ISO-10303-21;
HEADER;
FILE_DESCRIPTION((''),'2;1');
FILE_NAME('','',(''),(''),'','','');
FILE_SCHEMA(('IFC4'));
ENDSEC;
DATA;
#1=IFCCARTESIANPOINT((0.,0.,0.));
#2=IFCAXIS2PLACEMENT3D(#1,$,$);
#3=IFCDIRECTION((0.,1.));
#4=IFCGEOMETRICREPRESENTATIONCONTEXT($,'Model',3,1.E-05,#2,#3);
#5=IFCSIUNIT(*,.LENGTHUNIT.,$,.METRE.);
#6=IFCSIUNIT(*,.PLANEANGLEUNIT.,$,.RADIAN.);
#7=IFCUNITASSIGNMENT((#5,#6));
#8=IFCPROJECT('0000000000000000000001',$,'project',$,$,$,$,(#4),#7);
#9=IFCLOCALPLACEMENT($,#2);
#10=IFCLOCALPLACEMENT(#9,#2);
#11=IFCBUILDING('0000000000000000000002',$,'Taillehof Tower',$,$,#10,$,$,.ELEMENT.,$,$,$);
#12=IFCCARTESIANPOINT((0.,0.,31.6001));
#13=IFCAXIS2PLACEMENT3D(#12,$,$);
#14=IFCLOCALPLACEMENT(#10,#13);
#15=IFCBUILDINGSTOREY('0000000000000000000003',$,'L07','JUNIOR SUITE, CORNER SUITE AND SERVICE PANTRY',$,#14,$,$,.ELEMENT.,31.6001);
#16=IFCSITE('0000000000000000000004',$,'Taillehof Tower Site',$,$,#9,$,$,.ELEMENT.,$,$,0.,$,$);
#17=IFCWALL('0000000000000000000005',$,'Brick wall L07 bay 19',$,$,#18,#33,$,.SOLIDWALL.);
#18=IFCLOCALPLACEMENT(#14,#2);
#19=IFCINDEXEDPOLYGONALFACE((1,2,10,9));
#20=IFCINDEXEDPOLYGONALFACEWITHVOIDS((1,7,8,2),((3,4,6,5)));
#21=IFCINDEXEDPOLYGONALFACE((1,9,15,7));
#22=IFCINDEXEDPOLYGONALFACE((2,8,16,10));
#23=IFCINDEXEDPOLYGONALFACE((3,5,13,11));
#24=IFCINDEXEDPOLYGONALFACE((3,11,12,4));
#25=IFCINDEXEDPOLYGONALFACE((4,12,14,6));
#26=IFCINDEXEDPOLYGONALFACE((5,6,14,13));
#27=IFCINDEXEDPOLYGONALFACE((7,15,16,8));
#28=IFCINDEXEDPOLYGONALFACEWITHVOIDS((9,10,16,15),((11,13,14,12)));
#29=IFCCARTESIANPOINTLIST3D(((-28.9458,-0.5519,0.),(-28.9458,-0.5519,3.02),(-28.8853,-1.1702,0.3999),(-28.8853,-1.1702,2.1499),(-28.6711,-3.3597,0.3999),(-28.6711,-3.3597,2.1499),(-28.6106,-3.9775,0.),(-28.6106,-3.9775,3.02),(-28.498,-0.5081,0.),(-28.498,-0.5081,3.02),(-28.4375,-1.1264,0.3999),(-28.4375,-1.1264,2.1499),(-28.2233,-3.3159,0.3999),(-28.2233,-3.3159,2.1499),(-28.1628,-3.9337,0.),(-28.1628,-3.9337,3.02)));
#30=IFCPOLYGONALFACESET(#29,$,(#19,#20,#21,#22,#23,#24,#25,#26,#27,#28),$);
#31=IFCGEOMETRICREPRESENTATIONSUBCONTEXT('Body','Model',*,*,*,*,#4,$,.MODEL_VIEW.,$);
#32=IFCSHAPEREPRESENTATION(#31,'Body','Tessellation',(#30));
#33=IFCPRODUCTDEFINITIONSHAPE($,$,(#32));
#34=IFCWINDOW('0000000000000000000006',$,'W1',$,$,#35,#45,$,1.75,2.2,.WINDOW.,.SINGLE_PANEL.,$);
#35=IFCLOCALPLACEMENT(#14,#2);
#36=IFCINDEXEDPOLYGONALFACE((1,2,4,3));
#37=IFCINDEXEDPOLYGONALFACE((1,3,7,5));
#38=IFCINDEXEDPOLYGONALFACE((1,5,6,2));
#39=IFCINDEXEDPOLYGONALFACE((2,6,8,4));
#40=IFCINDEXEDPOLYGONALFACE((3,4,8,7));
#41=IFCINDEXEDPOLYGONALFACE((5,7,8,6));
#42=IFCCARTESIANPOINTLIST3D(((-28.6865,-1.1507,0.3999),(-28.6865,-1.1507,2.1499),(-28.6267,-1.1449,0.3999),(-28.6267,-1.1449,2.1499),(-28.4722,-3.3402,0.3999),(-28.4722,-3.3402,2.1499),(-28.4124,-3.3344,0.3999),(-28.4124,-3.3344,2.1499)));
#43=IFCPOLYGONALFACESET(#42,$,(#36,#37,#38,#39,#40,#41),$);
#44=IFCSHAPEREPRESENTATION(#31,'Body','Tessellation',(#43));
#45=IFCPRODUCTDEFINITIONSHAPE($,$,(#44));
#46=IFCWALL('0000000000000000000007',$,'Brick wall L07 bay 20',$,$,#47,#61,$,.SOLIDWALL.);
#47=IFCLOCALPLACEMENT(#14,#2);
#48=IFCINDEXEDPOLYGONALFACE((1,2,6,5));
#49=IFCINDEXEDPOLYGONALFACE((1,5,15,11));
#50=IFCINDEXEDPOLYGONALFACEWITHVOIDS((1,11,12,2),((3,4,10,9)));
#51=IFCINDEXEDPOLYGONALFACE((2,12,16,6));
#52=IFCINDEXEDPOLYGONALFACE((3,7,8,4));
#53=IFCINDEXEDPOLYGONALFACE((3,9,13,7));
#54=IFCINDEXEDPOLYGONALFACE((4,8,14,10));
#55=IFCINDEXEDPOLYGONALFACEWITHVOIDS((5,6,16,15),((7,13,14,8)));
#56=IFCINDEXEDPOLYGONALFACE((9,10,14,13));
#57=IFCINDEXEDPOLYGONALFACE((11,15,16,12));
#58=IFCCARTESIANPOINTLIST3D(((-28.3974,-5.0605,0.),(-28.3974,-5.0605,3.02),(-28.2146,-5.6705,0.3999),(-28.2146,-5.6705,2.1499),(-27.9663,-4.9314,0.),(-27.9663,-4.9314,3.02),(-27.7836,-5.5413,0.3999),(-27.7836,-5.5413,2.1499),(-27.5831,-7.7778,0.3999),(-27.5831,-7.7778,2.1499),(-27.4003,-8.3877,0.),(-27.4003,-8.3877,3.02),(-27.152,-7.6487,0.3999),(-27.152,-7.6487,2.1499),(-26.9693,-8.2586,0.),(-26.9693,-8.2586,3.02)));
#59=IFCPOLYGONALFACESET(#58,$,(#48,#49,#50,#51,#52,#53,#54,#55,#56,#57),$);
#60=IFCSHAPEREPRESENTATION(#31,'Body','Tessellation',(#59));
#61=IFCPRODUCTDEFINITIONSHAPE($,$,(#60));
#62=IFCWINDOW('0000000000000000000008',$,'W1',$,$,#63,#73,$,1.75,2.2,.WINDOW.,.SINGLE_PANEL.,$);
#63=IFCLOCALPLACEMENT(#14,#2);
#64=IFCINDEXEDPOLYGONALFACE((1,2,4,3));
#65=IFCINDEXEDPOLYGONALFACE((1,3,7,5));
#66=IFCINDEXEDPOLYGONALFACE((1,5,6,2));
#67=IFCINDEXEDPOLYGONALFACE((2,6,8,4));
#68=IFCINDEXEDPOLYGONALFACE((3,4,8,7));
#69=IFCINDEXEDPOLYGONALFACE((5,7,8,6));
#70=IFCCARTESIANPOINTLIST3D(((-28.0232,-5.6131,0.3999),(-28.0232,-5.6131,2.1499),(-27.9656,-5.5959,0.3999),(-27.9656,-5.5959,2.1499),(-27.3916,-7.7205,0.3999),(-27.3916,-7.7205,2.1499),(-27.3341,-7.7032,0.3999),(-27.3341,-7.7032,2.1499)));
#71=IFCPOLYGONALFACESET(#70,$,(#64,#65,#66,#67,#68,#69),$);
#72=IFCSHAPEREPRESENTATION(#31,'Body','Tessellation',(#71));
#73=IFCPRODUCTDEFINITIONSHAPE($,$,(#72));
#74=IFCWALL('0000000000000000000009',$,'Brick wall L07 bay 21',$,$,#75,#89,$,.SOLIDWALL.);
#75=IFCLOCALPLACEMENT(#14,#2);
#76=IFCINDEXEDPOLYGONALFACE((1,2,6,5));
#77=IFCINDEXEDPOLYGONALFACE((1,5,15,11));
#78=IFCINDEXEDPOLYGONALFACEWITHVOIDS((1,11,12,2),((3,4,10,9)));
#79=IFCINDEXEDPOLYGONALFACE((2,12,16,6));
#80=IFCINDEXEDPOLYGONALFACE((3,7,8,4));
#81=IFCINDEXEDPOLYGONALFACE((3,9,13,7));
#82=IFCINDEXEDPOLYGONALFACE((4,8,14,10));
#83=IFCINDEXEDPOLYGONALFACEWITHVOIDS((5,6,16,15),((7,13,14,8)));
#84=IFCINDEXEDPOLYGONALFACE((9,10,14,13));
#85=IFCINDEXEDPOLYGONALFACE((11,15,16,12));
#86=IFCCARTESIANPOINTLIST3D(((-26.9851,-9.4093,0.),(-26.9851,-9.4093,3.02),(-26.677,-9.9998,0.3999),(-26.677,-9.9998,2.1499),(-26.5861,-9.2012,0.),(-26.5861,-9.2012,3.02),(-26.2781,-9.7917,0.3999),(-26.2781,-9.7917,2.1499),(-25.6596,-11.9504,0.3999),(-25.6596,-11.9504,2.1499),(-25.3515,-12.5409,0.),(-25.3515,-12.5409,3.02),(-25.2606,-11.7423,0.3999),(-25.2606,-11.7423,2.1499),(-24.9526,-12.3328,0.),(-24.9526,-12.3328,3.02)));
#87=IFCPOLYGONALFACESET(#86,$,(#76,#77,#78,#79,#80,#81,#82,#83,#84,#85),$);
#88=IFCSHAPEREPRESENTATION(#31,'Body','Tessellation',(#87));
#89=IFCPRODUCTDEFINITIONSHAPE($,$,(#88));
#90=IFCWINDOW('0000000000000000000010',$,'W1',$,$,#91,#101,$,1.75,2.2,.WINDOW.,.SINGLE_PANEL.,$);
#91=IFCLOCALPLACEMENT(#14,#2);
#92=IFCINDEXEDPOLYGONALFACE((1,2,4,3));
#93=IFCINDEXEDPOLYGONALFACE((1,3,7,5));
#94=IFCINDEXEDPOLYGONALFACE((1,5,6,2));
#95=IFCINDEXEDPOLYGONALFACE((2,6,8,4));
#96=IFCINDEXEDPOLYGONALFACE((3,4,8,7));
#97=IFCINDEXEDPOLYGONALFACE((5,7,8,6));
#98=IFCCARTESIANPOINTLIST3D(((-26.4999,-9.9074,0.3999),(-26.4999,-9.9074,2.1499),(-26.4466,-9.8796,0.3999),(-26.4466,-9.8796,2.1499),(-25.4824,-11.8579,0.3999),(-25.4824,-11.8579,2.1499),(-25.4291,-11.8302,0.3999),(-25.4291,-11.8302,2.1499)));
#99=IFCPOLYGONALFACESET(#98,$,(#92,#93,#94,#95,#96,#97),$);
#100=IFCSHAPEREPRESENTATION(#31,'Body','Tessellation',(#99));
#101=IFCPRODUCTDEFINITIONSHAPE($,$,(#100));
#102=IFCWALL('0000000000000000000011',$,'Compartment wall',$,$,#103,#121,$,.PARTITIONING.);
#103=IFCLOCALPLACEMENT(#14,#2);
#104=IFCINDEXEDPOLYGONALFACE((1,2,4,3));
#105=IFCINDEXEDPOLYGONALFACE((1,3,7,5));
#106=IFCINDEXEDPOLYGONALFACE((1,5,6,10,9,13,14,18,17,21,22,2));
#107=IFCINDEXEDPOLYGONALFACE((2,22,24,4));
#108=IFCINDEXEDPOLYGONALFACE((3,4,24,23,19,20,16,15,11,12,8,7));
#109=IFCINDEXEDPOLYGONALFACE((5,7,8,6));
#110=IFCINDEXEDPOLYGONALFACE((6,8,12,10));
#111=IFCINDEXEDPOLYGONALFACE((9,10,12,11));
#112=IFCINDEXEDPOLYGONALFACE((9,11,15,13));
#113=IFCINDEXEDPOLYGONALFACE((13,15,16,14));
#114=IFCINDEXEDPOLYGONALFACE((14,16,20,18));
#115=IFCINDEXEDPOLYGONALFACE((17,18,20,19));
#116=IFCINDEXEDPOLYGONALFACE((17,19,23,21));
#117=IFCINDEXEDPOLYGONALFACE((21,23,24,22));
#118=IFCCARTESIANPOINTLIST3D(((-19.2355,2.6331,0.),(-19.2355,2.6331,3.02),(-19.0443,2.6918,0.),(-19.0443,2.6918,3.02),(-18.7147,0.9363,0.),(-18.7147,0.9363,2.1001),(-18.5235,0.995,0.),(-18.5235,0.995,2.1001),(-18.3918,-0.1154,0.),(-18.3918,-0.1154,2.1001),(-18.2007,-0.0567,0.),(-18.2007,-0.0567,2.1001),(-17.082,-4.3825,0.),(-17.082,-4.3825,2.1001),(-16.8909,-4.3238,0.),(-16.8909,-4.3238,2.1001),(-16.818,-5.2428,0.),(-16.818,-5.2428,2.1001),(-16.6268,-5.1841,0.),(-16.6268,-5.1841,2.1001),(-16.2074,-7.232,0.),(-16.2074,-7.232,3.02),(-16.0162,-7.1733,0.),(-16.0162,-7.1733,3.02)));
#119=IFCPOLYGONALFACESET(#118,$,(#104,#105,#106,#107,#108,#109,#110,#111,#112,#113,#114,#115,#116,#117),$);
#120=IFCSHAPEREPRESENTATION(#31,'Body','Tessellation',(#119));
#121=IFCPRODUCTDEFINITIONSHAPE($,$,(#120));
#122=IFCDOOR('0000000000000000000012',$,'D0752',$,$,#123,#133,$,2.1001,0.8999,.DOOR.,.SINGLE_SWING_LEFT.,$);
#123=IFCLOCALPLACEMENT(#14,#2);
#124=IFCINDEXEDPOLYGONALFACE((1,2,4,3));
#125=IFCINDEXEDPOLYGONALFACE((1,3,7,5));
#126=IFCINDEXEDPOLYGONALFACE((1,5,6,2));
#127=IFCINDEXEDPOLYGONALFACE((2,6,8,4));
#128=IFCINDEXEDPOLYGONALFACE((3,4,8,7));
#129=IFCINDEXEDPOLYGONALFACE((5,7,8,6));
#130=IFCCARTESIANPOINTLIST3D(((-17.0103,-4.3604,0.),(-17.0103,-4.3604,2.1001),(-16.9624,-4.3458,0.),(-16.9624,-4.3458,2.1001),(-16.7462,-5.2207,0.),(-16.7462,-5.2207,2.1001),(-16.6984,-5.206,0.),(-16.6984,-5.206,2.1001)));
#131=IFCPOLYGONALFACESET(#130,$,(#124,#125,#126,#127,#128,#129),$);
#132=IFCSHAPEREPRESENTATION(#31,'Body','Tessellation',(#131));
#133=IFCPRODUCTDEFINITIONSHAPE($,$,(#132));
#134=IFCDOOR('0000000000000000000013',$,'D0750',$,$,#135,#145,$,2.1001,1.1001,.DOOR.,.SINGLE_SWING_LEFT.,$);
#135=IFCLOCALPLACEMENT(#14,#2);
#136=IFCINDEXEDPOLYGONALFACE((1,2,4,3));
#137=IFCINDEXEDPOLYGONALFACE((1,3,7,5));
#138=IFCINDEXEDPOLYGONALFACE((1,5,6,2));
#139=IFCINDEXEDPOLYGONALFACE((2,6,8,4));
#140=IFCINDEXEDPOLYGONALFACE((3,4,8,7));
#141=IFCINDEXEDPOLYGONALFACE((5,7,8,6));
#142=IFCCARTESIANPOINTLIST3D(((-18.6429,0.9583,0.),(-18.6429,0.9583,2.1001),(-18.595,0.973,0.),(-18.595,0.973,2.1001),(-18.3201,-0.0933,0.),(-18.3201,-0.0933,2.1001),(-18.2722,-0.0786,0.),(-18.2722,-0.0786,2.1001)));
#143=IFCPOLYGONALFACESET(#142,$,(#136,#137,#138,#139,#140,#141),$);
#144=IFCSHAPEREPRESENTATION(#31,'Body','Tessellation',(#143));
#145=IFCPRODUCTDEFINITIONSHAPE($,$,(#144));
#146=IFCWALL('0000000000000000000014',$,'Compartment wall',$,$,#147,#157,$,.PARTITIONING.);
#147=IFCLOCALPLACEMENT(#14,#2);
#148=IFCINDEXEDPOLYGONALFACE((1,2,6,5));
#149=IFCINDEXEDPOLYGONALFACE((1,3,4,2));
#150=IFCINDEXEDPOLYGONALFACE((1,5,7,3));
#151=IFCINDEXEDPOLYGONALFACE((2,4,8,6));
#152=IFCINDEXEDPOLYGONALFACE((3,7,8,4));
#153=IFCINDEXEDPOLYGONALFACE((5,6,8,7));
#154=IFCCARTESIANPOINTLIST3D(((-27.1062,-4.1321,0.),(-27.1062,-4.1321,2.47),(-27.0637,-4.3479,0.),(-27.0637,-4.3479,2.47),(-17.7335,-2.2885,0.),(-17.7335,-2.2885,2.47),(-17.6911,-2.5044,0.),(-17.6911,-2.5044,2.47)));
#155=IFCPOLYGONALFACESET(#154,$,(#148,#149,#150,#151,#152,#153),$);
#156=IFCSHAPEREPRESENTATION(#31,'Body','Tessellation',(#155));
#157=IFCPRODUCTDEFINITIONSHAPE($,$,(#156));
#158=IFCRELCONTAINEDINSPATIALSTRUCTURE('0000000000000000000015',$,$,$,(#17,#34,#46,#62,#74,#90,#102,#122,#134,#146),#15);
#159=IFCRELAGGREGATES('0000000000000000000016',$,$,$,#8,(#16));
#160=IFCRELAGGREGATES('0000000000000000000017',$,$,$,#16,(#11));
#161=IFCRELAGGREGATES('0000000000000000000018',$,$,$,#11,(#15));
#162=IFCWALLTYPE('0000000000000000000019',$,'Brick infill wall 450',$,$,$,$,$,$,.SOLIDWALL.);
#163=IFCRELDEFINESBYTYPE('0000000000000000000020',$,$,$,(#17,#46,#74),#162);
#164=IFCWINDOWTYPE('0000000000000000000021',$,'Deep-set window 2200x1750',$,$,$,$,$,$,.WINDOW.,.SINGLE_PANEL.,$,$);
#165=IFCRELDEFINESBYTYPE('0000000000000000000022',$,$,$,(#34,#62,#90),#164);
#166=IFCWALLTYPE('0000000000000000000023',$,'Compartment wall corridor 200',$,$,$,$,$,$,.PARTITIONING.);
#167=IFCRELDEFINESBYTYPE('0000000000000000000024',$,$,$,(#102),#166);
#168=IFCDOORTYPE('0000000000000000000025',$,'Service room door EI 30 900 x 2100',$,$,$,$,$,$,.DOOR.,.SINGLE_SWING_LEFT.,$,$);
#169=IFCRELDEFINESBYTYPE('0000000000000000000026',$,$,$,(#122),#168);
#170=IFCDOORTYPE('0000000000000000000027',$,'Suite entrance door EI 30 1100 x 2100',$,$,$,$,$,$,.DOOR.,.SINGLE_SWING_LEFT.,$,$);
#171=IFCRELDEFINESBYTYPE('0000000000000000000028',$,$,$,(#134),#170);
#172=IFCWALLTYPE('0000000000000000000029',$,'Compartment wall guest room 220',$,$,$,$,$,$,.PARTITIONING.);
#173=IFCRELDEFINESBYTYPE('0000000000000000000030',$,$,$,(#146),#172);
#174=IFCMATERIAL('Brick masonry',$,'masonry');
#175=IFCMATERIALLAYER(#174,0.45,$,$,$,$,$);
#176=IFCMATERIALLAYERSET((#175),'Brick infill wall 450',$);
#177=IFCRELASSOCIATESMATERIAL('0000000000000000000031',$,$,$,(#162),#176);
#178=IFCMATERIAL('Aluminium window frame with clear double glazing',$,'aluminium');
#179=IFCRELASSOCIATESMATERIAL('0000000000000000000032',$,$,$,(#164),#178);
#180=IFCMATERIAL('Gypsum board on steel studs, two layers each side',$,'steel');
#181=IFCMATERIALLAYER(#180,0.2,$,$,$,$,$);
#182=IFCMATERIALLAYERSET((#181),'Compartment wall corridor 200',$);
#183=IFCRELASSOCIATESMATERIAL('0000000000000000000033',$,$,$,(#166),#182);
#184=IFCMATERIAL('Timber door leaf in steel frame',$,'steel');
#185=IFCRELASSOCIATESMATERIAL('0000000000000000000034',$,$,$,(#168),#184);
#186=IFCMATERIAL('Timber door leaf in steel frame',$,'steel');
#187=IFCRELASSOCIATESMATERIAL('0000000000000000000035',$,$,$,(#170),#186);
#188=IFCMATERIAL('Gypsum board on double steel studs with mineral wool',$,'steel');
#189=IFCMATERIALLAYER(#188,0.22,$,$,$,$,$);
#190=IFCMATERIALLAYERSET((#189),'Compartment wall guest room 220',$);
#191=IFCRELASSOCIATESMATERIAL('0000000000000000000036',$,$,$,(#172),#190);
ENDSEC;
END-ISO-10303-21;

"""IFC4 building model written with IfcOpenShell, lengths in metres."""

from ifc_helpers import new_model, si_unit, direction, frame, frame_2d, origin, place, context, subcontext, project, spatial, rectangle, extrude, material, layer, layer_set, type_object, element, fill, save


model = new_model("IFC4")

# Units and contexts
model_context = context("Model", 3, precision=1e-05, world=origin(), true_north=direction((0.0, 1.0)))
body_context = subcontext(model_context, "Body", "Model", "MODEL_VIEW")
ifc_project = project(units=[si_unit("LENGTHUNIT", "METRE"), si_unit("PLANEANGLEUNIT", "RADIAN")], contexts=[model_context])

# Site, building, storey
site_placement = place(None, origin())
site = spatial("IfcSite", under=ifc_project, at=site_placement, Name="Taillehof Tower Site", CompositionType="ELEMENT", RefElevation=0.0)
building_placement = place(site_placement, origin())
building = spatial("IfcBuilding", under=site, at=building_placement, Name="Taillehof Tower", CompositionType="ELEMENT")
storey_placement = place(building_placement, frame((0.0, 0.0, 31.6001)))
storey = spatial("IfcBuildingStorey", under=building, at=storey_placement, Name="L07", Description="JUNIOR SUITE, CORNER SUITE AND SERVICE PANTRY", CompositionType="ELEMENT", Elevation=31.6001)

# Walls, openings, windows
ifc_material_1 = material(Name="Brick masonry", Category="masonry")
ifc_layer_1 = layer(ifc_material_1, 0.45)
ifc_layer_set_1 = layer_set([ifc_layer_1], Name="Brick infill wall 450")
wall_type_1 = type_object("IfcWallType", Name="Brick infill wall 450", PredefinedType="SOLIDWALL", material=ifc_layer_set_1)
wall_1_placement = place(storey_placement, frame((-28.7219, -0.53, 0.0), z_axis=(0.0, 0.0, 1.0), x_axis=(0.09739, -0.995246, 0.0)))
wall_1 = element("IfcWall", 1, at=wall_1_placement, inside=storey, type_object=wall_type_1, Name="Brick wall L07 bay 19", PredefinedType="SOLIDWALL", context=body_context, shape_type="SweptSolid", body=[
    extrude(rectangle(XDim=3.4419, YDim=0.45, at=frame_2d((1.7209, 0.0))), origin(), (0.0, 0.0, 1.0), 3.02),
])
opening_1_placement = place(wall_1_placement, frame((0.6211, 0.0, 0.3999)))
opening_1 = element("IfcOpeningElement", 2, at=opening_1_placement, cuts=wall_1, PredefinedType="OPENING", context=body_context, shape_type="SweptSolid", body=[
    extrude(rectangle(XDim=2.2, YDim=1.75, at=frame_2d((1.1001, 0.875))), frame((0.0, 0.2349, 0.0), z_axis=(0.0, -1.0, 0.0), x_axis=(1.0, 0.0, 0.0)), (0.0, 0.0, 1.0), 0.47),
])
ifc_material_2 = material(Name="Aluminium window frame with clear double glazing", Category="aluminium")
window_type = type_object("IfcWindowType", Name="Deep-set window 2200x1750", PartitioningType="SINGLE_PANEL", PredefinedType="WINDOW", material=ifc_material_2)
window_1_placement = place(opening_1_placement, origin())
window_1 = element("IfcWindow", 3, at=window_1_placement, inside=storey, type_object=window_type, Name="W1", OverallHeight=1.75, OverallWidth=2.2, PartitioningType="SINGLE_PANEL", PredefinedType="WINDOW", context=body_context, shape_type="SweptSolid", body=[
    extrude(rectangle(XDim=2.2, YDim=1.75, at=frame_2d((1.1001, 0.875))), frame((0.0, 0.0349, 0.0), z_axis=(0.0, -1.0, 0.0), x_axis=(1.0, 0.0, 0.0)), (0.0, 0.0, 1.0), 0.0601),
])
fill(opening_1, window_1)
wall_2_placement = place(storey_placement, frame((-28.1819, -4.9958, 0.0), z_axis=(0.0, 0.0, 1.0), x_axis=(0.287064, -0.957911, 0.0)))
wall_2 = element("IfcWall", 4, at=wall_2_placement, inside=storey, type_object=wall_type_1, Name="Brick wall L07 bay 20", PredefinedType="SOLIDWALL", context=body_context, shape_type="SweptSolid", body=[
    extrude(rectangle(XDim=3.4734, YDim=0.45, at=frame_2d((1.7368, 0.0))), origin(), (0.0, 0.0, 1.0), 3.02),
])
opening_2_placement = place(wall_2_placement, frame((0.6367, 0.0, 0.3999)))
opening_2 = element("IfcOpeningElement", 5, at=opening_2_placement, cuts=wall_2, PredefinedType="OPENING", context=body_context, shape_type="SweptSolid", body=[
    extrude(rectangle(XDim=2.2, YDim=1.75, at=frame_2d((1.1001, 0.875))), frame((0.0, 0.2349, 0.0), z_axis=(0.0, -1.0, 0.0), x_axis=(1.0, 0.0, 0.0)), (0.0, 0.0, 1.0), 0.47),
])
window_2_placement = place(opening_2_placement, origin())
window_2 = element("IfcWindow", 6, at=window_2_placement, inside=storey, type_object=window_type, Name="W1", OverallHeight=1.75, OverallWidth=2.2, PartitioningType="SINGLE_PANEL", PredefinedType="WINDOW", context=body_context, shape_type="SweptSolid", body=[
    extrude(rectangle(XDim=2.2, YDim=1.75, at=frame_2d((1.1001, 0.875))), frame((0.0, 0.0349, 0.0), z_axis=(0.0, -1.0, 0.0), x_axis=(1.0, 0.0, 0.0)), (0.0, 0.0, 1.0), 0.0601),
])
fill(opening_2, window_2)
wall_3_placement = place(storey_placement, frame((-26.7856, -9.3052, 0.0), z_axis=(0.0, 0.0, 1.0), x_axis=(0.462493, -0.886623, 0.0)))
wall_3 = element("IfcWall", 7, at=wall_3_placement, inside=storey, type_object=wall_type_1, Name="Brick wall L07 bay 21", PredefinedType="SOLIDWALL", context=body_context, shape_type="SweptSolid", body=[
    extrude(rectangle(XDim=3.532, YDim=0.45, at=frame_2d((1.7661, 0.0))), origin(), (0.0, 0.0, 1.0), 3.02),
])
opening_3_placement = place(wall_3_placement, frame((0.666, 0.0, 0.3999)))
opening_3 = element("IfcOpeningElement", 8, at=opening_3_placement, cuts=wall_3, PredefinedType="OPENING", context=body_context, shape_type="SweptSolid", body=[
    extrude(rectangle(XDim=2.2, YDim=1.75, at=frame_2d((1.1001, 0.875))), frame((0.0, 0.2349, 0.0), z_axis=(0.0, -1.0, 0.0), x_axis=(1.0, 0.0, 0.0)), (0.0, 0.0, 1.0), 0.47),
])
window_3_placement = place(opening_3_placement, origin())
window_3 = element("IfcWindow", 9, at=window_3_placement, inside=storey, type_object=window_type, Name="W1", OverallHeight=1.75, OverallWidth=2.2, PartitioningType="SINGLE_PANEL", PredefinedType="WINDOW", context=body_context, shape_type="SweptSolid", body=[
    extrude(rectangle(XDim=2.2, YDim=1.75, at=frame_2d((1.1001, 0.875))), frame((0.0, 0.0349, 0.0), z_axis=(0.0, -1.0, 0.0), x_axis=(1.0, 0.0, 0.0)), (0.0, 0.0, 1.0), 0.0601),
])
fill(opening_3, window_3)

# Wall, openings, doors
ifc_material_3 = material(Name="Gypsum board on steel studs, two layers each side", Category="steel")
ifc_layer_2 = layer(ifc_material_3, 0.2)
ifc_layer_set_2 = layer_set([ifc_layer_2], Name="Compartment wall corridor 200")
wall_type_2 = type_object("IfcWallType", Name="Compartment wall corridor 200", PredefinedType="PARTITIONING", material=ifc_layer_set_2)
wall_4_placement = place(storey_placement, frame((-16.1118, -7.2026, 0.0), z_axis=(0.0, 0.0, 1.0), x_axis=(-0.293439, 0.955978, 0.0)))
wall_4 = element("IfcWall", 10, at=wall_4_placement, inside=storey, type_object=wall_type_2, Name="Compartment wall", PredefinedType="PARTITIONING", context=body_context, shape_type="SweptSolid", body=[
    extrude(rectangle(XDim=10.3193, YDim=0.2, at=frame_2d((5.1597, 0.0))), origin(), (0.0, 0.0, 1.0), 3.02),
])
opening_4_placement = place(wall_4_placement, frame((7.4443, 0.0, 0.0)))
opening_4 = element("IfcOpeningElement", 11, at=opening_4_placement, cuts=wall_4, PredefinedType="OPENING", context=body_context, shape_type="SweptSolid", body=[
    extrude(rectangle(XDim=1.1001, YDim=2.1001, at=frame_2d((0.55, 1.05))), frame((0.0, 0.1099, 0.0), z_axis=(0.0, -1.0, 0.0), x_axis=(1.0, 0.0, 0.0)), (0.0, 0.0, 1.0), 0.22),
])
opening_5_placement = place(wall_4_placement, frame((2.0808, 0.0, 0.0)))
opening_5 = element("IfcOpeningElement", 12, at=opening_5_placement, cuts=wall_4, PredefinedType="OPENING", context=body_context, shape_type="SweptSolid", body=[
    extrude(rectangle(XDim=0.8999, YDim=2.1001, at=frame_2d((0.45, 1.05))), frame((0.0, 0.1099, 0.0), z_axis=(0.0, -1.0, 0.0), x_axis=(1.0, 0.0, 0.0)), (0.0, 0.0, 1.0), 0.22),
])
ifc_material_4 = material(Name="Timber door leaf in steel frame", Category="steel")
door_type_1 = type_object("IfcDoorType", Name="Service room door EI 30 900 x 2100", OperationType="SINGLE_SWING_LEFT", PredefinedType="DOOR", material=ifc_material_4)
door_1_placement = place(opening_5_placement, origin())
door_1 = element("IfcDoor", 13, at=door_1_placement, inside=storey, type_object=door_type_1, Name="D0752", OperationType="SINGLE_SWING_LEFT", OverallHeight=2.1001, OverallWidth=0.8999, PredefinedType="DOOR", context=body_context, shape_type="SweptSolid", body=[
    extrude(rectangle(XDim=0.8999, YDim=2.1001, at=frame_2d((0.45, 1.05))), frame((0.0, 0.0249, 0.0), z_axis=(0.0, -1.0, 0.0), x_axis=(1.0, 0.0, 0.0)), (0.0, 0.0, 1.0), 0.05),
])
fill(opening_5, door_1)
ifc_material_5 = material(Name="Timber door leaf in steel frame", Category="steel")
door_type_2 = type_object("IfcDoorType", Name="Suite entrance door EI 30 1100 x 2100", OperationType="SINGLE_SWING_LEFT", PredefinedType="DOOR", material=ifc_material_5)
door_2_placement = place(opening_4_placement, origin())
door_2 = element("IfcDoor", 14, at=door_2_placement, inside=storey, type_object=door_type_2, Name="D0750", OperationType="SINGLE_SWING_LEFT", OverallHeight=2.1001, OverallWidth=1.1001, PredefinedType="DOOR", context=body_context, shape_type="SweptSolid", body=[
    extrude(rectangle(XDim=1.1001, YDim=2.1001, at=frame_2d((0.55, 1.05))), frame((0.0, 0.0249, 0.0), z_axis=(0.0, -1.0, 0.0), x_axis=(1.0, 0.0, 0.0)), (0.0, 0.0, 1.0), 0.05),
])
fill(opening_4, door_2)

# Wall
ifc_material_6 = material(Name="Gypsum board on double steel studs with mineral wool", Category="steel")
ifc_layer_3 = layer(ifc_material_6, 0.22)
ifc_layer_set_3 = layer_set([ifc_layer_3], Name="Compartment wall guest room 220")
wall_type_3 = type_object("IfcWallType", Name="Compartment wall guest room 220", PredefinedType="PARTITIONING", material=ifc_layer_set_3)
wall_5_placement = place(storey_placement, frame((-27.085, -4.24, 0.0), z_axis=(0.0, 0.0, 1.0), x_axis=(0.9812, 0.192994, 0.0)))
element("IfcWall", 15, at=wall_5_placement, inside=storey, type_object=wall_type_3, Name="Compartment wall", PredefinedType="PARTITIONING", context=body_context, shape_type="SweptSolid", body=[
    extrude(rectangle(XDim=9.5522, YDim=0.22, at=frame_2d((4.7761, 0.0))), origin(), (0.0, 0.0, 1.0), 2.47),
])

save(model, "model.ifc")
